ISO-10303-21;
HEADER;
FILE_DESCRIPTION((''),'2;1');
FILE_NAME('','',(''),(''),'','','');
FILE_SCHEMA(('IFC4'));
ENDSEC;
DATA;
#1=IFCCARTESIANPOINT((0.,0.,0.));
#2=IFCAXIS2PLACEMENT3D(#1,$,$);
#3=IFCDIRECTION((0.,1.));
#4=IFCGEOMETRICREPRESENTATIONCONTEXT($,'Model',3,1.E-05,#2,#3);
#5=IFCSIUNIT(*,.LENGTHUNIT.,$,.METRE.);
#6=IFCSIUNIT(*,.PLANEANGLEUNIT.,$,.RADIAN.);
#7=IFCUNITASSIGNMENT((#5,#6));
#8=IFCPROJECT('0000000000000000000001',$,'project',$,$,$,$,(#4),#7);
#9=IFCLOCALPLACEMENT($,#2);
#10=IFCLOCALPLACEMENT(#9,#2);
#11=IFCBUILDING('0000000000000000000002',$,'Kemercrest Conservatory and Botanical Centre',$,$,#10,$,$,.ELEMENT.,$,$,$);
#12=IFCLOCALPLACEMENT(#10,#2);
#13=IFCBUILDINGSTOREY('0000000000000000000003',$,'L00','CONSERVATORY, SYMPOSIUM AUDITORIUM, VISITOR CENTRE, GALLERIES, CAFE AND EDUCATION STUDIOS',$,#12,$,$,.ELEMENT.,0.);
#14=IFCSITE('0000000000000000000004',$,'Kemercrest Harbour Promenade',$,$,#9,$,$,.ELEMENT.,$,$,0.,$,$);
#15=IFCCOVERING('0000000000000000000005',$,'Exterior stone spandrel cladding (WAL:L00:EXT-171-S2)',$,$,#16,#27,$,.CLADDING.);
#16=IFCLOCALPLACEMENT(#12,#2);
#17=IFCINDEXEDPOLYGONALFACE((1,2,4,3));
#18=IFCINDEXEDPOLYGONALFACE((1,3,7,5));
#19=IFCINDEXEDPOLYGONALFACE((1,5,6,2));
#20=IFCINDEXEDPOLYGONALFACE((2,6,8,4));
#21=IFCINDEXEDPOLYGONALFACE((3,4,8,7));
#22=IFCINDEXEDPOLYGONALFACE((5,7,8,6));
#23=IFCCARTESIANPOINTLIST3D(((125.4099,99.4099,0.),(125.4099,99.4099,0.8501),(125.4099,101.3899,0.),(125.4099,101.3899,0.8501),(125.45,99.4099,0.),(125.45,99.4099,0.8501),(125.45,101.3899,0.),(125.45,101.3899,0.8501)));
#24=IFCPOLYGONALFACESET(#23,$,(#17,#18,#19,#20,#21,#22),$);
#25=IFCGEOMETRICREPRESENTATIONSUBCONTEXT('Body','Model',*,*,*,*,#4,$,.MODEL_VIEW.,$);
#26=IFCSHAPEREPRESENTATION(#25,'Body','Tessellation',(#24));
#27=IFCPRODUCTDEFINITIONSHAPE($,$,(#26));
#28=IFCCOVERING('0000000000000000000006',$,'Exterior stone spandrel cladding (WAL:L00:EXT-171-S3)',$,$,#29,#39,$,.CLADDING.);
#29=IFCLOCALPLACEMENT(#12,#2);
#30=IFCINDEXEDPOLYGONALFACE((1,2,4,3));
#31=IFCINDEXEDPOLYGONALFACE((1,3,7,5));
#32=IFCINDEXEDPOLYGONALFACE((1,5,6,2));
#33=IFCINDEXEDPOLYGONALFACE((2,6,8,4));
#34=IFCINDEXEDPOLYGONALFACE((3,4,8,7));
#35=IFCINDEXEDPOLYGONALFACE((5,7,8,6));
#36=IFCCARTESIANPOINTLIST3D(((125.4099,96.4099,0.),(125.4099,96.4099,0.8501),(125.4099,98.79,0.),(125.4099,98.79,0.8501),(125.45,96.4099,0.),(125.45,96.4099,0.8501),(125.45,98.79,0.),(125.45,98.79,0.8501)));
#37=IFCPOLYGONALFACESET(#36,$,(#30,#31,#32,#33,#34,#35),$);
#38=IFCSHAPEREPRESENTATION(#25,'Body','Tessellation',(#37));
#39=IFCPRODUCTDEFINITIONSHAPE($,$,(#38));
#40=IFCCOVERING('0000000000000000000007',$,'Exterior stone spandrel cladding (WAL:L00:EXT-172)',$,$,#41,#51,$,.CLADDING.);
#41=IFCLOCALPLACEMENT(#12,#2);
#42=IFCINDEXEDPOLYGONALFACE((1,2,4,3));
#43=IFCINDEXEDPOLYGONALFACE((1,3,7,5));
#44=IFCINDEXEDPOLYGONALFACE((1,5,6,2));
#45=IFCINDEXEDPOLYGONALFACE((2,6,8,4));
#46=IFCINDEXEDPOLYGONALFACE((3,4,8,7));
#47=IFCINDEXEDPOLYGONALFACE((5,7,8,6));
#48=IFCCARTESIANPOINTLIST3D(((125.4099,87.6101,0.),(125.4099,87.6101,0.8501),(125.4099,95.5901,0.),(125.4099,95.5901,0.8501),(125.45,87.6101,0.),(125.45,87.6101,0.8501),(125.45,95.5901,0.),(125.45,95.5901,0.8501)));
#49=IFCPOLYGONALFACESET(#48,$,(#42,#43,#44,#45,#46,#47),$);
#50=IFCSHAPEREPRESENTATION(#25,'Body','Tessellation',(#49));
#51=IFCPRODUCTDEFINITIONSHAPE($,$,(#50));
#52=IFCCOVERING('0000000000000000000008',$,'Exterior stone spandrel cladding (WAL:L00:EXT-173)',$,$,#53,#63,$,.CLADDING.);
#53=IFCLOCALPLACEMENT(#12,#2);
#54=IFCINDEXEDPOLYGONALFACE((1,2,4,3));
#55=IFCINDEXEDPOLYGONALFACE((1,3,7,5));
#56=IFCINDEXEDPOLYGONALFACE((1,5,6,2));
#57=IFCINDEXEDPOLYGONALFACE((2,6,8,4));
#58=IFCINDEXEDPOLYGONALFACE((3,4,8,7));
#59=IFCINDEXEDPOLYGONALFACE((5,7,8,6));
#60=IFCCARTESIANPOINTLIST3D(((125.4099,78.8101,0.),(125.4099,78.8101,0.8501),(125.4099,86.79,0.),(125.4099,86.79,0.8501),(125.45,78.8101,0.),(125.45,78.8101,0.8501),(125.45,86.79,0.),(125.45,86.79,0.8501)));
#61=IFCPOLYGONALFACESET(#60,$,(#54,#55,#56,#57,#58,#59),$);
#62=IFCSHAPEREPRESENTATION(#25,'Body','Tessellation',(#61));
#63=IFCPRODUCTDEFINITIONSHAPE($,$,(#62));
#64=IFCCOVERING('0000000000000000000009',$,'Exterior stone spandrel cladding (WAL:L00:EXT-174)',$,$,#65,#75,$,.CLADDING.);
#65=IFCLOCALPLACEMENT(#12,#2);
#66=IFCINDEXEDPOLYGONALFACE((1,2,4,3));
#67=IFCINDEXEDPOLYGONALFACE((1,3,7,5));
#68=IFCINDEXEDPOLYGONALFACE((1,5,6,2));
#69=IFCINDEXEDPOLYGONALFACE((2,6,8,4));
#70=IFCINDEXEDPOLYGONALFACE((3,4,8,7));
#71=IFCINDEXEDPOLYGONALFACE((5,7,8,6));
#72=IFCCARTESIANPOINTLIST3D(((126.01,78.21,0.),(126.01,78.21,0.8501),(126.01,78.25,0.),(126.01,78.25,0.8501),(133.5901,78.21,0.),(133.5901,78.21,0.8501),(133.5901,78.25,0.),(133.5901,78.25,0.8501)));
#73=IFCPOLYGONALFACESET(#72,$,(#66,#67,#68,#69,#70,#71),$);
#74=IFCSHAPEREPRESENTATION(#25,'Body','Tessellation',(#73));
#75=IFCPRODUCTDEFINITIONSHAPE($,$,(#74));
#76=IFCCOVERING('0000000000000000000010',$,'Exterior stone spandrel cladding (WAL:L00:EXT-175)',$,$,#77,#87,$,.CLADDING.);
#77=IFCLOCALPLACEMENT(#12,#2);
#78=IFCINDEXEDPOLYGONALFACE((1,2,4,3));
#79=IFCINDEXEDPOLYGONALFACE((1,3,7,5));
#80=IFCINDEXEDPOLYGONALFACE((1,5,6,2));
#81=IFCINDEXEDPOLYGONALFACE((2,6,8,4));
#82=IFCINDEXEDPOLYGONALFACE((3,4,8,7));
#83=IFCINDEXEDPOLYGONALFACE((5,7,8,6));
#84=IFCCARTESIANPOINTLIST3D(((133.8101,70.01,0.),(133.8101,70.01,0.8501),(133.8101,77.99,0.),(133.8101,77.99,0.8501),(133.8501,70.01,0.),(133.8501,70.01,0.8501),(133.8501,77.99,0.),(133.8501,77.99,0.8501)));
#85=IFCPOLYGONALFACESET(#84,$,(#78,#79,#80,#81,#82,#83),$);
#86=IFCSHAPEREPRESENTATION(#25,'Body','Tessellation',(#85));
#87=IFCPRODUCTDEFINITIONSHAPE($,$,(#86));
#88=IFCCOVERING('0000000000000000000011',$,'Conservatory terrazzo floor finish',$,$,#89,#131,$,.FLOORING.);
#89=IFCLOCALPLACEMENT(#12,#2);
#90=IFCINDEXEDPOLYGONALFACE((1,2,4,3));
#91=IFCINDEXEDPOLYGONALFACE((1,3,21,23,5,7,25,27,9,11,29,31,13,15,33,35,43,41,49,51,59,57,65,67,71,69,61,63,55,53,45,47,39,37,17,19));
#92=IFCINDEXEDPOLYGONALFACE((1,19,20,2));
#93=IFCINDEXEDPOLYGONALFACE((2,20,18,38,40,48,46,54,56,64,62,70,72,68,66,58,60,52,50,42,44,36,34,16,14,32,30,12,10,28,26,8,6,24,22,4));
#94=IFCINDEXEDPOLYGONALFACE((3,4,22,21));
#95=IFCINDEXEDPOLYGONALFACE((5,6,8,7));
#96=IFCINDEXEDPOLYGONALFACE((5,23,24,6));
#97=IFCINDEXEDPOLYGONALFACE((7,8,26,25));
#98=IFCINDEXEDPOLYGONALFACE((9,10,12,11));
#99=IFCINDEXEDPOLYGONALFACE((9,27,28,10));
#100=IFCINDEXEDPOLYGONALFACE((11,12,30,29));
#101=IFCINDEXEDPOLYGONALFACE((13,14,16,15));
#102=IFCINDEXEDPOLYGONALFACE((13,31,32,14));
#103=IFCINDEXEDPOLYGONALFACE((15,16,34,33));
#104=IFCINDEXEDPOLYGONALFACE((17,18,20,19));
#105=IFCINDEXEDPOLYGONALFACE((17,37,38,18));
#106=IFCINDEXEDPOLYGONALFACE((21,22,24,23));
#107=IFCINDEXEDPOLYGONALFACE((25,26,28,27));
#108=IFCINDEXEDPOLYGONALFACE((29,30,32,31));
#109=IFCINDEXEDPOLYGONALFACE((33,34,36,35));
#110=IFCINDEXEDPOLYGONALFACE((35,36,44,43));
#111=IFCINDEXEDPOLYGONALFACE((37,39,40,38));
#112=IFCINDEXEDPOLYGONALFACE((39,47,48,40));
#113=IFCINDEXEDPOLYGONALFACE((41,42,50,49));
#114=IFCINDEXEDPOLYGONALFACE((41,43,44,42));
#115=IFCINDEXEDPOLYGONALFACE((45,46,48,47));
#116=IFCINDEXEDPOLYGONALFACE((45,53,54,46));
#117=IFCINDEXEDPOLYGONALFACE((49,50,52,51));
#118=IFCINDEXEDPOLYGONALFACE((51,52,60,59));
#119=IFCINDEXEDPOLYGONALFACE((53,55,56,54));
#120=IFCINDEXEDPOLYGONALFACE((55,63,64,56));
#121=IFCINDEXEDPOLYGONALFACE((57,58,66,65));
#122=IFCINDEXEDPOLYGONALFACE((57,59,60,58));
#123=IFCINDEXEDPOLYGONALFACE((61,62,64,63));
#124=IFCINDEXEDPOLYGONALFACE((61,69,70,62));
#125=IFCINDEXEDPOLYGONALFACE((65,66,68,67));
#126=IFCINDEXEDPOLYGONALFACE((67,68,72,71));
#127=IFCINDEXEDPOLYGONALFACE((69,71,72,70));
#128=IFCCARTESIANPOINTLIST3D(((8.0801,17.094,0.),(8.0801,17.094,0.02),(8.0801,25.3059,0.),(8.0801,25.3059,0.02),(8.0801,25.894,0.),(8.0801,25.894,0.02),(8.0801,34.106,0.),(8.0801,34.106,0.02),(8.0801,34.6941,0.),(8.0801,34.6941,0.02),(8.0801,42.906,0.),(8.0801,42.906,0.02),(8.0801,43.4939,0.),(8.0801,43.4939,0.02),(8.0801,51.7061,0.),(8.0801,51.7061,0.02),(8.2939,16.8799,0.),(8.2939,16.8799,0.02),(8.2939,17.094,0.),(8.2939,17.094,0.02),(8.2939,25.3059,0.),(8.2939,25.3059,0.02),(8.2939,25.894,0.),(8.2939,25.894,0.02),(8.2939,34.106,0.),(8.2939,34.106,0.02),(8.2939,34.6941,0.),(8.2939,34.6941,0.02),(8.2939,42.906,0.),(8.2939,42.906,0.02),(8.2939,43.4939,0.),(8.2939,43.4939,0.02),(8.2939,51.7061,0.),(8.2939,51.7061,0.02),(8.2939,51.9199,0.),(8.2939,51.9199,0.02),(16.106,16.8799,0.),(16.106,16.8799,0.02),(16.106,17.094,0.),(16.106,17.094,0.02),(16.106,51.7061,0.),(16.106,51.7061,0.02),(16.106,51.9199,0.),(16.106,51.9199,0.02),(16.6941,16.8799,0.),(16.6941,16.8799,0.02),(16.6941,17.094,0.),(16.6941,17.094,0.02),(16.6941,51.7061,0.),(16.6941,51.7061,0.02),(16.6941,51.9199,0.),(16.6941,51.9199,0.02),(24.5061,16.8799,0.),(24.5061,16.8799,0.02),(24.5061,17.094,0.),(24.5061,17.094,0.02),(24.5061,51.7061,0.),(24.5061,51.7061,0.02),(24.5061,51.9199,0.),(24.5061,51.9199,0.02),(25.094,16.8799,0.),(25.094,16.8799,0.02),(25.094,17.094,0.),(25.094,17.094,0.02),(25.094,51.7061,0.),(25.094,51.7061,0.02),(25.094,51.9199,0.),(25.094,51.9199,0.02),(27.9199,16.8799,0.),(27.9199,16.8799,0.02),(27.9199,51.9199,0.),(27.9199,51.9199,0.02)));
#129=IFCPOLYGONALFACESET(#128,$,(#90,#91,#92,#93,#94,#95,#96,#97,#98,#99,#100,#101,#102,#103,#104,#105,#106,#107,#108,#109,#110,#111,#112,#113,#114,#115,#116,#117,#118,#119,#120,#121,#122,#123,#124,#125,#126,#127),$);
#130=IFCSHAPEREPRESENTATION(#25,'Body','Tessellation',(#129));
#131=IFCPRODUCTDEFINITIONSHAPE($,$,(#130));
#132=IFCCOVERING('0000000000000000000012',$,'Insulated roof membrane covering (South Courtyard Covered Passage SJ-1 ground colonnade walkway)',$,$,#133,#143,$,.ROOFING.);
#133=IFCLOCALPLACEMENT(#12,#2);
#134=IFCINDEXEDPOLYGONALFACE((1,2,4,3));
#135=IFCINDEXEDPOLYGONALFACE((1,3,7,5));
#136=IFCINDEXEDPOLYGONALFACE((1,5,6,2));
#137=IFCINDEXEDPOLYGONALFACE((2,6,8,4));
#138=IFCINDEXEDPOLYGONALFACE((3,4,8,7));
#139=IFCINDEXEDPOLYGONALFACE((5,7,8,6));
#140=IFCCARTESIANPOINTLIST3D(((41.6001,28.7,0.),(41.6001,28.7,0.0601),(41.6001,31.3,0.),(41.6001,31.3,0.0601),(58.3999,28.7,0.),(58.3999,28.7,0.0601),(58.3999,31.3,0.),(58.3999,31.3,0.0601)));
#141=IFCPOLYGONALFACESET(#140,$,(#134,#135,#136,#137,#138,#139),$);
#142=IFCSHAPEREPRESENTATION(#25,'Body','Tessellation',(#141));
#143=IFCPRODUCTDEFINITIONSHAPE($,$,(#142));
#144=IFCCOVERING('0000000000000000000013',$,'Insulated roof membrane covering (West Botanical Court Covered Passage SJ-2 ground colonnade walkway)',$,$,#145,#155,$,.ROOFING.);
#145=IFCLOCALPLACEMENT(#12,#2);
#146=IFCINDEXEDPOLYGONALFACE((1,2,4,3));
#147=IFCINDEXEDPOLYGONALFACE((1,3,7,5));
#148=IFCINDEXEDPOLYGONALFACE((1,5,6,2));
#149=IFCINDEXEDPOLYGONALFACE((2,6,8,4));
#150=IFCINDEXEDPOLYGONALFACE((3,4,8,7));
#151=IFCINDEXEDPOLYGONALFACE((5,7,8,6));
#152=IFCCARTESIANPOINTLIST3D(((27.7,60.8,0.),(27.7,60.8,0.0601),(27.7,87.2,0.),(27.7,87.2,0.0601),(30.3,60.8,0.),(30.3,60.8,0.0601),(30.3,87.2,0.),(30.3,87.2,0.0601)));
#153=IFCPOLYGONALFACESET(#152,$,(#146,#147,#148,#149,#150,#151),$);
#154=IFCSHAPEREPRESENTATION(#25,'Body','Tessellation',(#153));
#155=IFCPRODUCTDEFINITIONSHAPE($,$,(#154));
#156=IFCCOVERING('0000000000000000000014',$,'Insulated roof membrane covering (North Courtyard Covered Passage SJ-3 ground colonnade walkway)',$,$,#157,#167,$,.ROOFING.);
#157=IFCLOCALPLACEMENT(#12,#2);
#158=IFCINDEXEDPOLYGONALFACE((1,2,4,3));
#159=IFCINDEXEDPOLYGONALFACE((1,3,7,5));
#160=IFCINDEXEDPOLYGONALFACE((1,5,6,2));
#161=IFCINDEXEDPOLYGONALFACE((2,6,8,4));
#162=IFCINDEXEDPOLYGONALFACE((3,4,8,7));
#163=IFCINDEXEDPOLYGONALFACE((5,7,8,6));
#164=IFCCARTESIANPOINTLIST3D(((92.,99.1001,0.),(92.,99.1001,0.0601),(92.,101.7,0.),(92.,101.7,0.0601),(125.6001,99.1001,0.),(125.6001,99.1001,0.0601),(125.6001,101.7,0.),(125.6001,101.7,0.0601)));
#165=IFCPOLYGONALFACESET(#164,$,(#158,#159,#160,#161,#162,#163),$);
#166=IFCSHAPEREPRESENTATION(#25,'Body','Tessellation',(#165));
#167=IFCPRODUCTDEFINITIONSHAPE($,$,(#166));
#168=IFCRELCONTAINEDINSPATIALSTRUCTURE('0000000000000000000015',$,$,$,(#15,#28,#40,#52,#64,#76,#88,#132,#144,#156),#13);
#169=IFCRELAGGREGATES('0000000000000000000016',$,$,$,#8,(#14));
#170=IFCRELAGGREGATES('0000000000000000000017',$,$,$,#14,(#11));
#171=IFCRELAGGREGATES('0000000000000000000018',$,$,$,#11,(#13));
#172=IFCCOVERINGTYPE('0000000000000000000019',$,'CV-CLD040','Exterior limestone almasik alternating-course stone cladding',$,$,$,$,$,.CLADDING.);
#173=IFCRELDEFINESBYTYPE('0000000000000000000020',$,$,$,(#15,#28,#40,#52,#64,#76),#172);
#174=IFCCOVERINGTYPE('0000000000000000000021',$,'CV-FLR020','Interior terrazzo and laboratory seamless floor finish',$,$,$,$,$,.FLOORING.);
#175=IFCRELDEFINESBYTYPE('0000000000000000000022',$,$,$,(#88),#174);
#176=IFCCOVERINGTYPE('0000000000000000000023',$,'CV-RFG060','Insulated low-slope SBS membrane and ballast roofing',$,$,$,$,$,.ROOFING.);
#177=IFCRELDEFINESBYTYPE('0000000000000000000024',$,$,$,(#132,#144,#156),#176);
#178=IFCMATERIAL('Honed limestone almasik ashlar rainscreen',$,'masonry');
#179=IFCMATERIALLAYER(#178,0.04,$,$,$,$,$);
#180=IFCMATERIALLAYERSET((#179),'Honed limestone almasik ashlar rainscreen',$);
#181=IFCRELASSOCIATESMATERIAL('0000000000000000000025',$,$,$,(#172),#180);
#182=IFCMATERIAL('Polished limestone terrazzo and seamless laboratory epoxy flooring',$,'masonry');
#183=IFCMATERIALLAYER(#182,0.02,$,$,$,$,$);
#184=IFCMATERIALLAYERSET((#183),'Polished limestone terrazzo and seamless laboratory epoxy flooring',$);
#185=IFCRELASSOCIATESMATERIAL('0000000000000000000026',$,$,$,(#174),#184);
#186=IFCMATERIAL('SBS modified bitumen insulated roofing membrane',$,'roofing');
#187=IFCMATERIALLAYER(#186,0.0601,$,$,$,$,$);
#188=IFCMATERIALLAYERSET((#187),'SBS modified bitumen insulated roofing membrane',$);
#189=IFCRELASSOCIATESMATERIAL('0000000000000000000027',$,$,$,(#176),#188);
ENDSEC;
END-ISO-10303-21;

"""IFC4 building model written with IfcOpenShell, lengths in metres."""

from ifc_helpers import new_model, si_unit, direction, origin, place, context, subcontext, project, spatial, polyline, outline, extrude, material, layer, layer_set, type_object, element, save


model = new_model("IFC4")

# Units and contexts
model_context = context("Model", 3, precision=1e-05, world=origin(), true_north=direction((0.0, 1.0)))
body_context = subcontext(model_context, "Body", "Model", "MODEL_VIEW")
ifc_project = project(units=[si_unit("LENGTHUNIT", "METRE"), si_unit("PLANEANGLEUNIT", "RADIAN")], contexts=[model_context])

# Site, building, storey
site_placement = place(None, origin())
site = spatial("IfcSite", under=ifc_project, at=site_placement, Name="Kemercrest Harbour Promenade", CompositionType="ELEMENT", RefElevation=0.0)
building_placement = place(site_placement, origin())
building = spatial("IfcBuilding", under=site, at=building_placement, Name="Kemercrest Conservatory and Botanical Centre", CompositionType="ELEMENT")
storey_placement = place(building_placement, origin())
storey = spatial("IfcBuildingStorey", under=building, at=storey_placement, Name="L00", Description="CONSERVATORY, SYMPOSIUM AUDITORIUM, VISITOR CENTRE, GALLERIES, CAFE AND EDUCATION STUDIOS", CompositionType="ELEMENT", Elevation=0.0)

# Coverings
ifc_material_1 = material(Name="Honed limestone almasik ashlar rainscreen", Category="masonry")
ifc_layer_1 = layer(ifc_material_1, 0.04)
ifc_layer_set_1 = layer_set([ifc_layer_1], Name="Honed limestone almasik ashlar rainscreen")
covering_type_1 = type_object("IfcCoveringType", Name="CV-CLD040", Description="Exterior limestone almasik alternating-course stone cladding", PredefinedType="CLADDING", material=ifc_layer_set_1)
covering_1_placement = place(storey_placement, origin())
element("IfcCovering", 1, at=covering_1_placement, inside=storey, type_object=covering_type_1, Name="Exterior stone spandrel cladding (WAL:L00:EXT-171-S2)", PredefinedType="CLADDING", context=body_context, shape_type="SweptSolid", body=[
    extrude(outline(polyline([(125.45, 101.3899), (125.4099, 101.3899), (125.4099, 99.4099), (125.45, 99.4099), (125.45, 101.3899)])), origin(), (0.0, 0.0, 1.0), 0.8501),
])
covering_2_placement = place(storey_placement, origin())
element("IfcCovering", 2, at=covering_2_placement, inside=storey, type_object=covering_type_1, Name="Exterior stone spandrel cladding (WAL:L00:EXT-171-S3)", PredefinedType="CLADDING", context=body_context, shape_type="SweptSolid", body=[
    extrude(outline(polyline([(125.45, 98.79), (125.4099, 98.79), (125.4099, 96.4099), (125.45, 96.4099), (125.45, 98.79)])), origin(), (0.0, 0.0, 1.0), 0.8501),
])
covering_3_placement = place(storey_placement, origin())
element("IfcCovering", 3, at=covering_3_placement, inside=storey, type_object=covering_type_1, Name="Exterior stone spandrel cladding (WAL:L00:EXT-172)", PredefinedType="CLADDING", context=body_context, shape_type="SweptSolid", body=[
    extrude(outline(polyline([(125.45, 95.5901), (125.4099, 95.5901), (125.4099, 87.6101), (125.45, 87.6101), (125.45, 95.5901)])), origin(), (0.0, 0.0, 1.0), 0.8501),
])
covering_4_placement = place(storey_placement, origin())
element("IfcCovering", 4, at=covering_4_placement, inside=storey, type_object=covering_type_1, Name="Exterior stone spandrel cladding (WAL:L00:EXT-173)", PredefinedType="CLADDING", context=body_context, shape_type="SweptSolid", body=[
    extrude(outline(polyline([(125.45, 86.79), (125.4099, 86.79), (125.4099, 78.8101), (125.45, 78.8101), (125.45, 86.79)])), origin(), (0.0, 0.0, 1.0), 0.8501),
])
covering_5_placement = place(storey_placement, origin())
element("IfcCovering", 5, at=covering_5_placement, inside=storey, type_object=covering_type_1, Name="Exterior stone spandrel cladding (WAL:L00:EXT-174)", PredefinedType="CLADDING", context=body_context, shape_type="SweptSolid", body=[
    extrude(outline(polyline([(126.01, 78.25), (126.01, 78.21), (133.5901, 78.21), (133.5901, 78.25), (126.01, 78.25)])), origin(), (0.0, 0.0, 1.0), 0.8501),
])
covering_6_placement = place(storey_placement, origin())
element("IfcCovering", 6, at=covering_6_placement, inside=storey, type_object=covering_type_1, Name="Exterior stone spandrel cladding (WAL:L00:EXT-175)", PredefinedType="CLADDING", context=body_context, shape_type="SweptSolid", body=[
    extrude(outline(polyline([(133.8501, 77.99), (133.8101, 77.99), (133.8101, 70.01), (133.8501, 70.01), (133.8501, 77.99)])), origin(), (0.0, 0.0, 1.0), 0.8501),
])
ifc_material_2 = material(Name="Polished limestone terrazzo and seamless laboratory epoxy flooring", Category="masonry")
ifc_layer_2 = layer(ifc_material_2, 0.02)
ifc_layer_set_2 = layer_set([ifc_layer_2], Name="Polished limestone terrazzo and seamless laboratory epoxy flooring")
covering_type_2 = type_object("IfcCoveringType", Name="CV-FLR020", Description="Interior terrazzo and laboratory seamless floor finish", PredefinedType="FLOORING", material=ifc_layer_set_2)
covering_7_placement = place(storey_placement, origin())
element("IfcCovering", 7, at=covering_7_placement, inside=storey, type_object=covering_type_2, Name="Conservatory terrazzo floor finish", PredefinedType="FLOORING", context=body_context, shape_type="SweptSolid", body=[
    extrude(outline(polyline([(25.094, 16.8799), (27.9199, 16.8799), (27.9199, 51.9199), (25.094, 51.9199), (25.094, 51.7061), (24.5061, 51.7061), (24.5061, 51.9199), (16.6941, 51.9199), (16.6941, 51.7061), (16.106, 51.7061), (16.106, 51.9199), (8.2939, 51.9199), (8.2939, 51.7061), (8.0801, 51.7061), (8.0801, 43.4939), (8.2939, 43.4939), (8.2939, 42.906), (8.0801, 42.906), (8.0801, 34.6941), (8.2939, 34.6941), (8.2939, 34.106), (8.0801, 34.106), (8.0801, 25.894), (8.2939, 25.894), (8.2939, 25.3059), (8.0801, 25.3059), (8.0801, 17.094), (8.2939, 17.094), (8.2939, 16.8799), (16.106, 16.8799), (16.106, 17.094), (16.6941, 17.094), (16.6941, 16.8799), (24.5061, 16.8799), (24.5061, 17.094), (25.094, 17.094), (25.094, 16.8799)])), origin(), (0.0, 0.0, 1.0), 0.02),
])
ifc_material_3 = material(Name="SBS modified bitumen insulated roofing membrane", Category="roofing")
ifc_layer_3 = layer(ifc_material_3, 0.0601)
ifc_layer_set_3 = layer_set([ifc_layer_3], Name="SBS modified bitumen insulated roofing membrane")
covering_type_3 = type_object("IfcCoveringType", Name="CV-RFG060", Description="Insulated low-slope SBS membrane and ballast roofing", PredefinedType="ROOFING", material=ifc_layer_set_3)
covering_8_placement = place(storey_placement, origin())
element("IfcCovering", 8, at=covering_8_placement, inside=storey, type_object=covering_type_3, Name="Insulated roof membrane covering (South Courtyard Covered Passage SJ-1 ground colonnade walkway)", PredefinedType="ROOFING", context=body_context, shape_type="SweptSolid", body=[
    extrude(outline(polyline([(41.6001, 28.7), (58.3999, 28.7), (58.3999, 31.3), (41.6001, 31.3), (41.6001, 28.7)])), origin(), (0.0, 0.0, 1.0), 0.0601),
])
covering_9_placement = place(storey_placement, origin())
element("IfcCovering", 9, at=covering_9_placement, inside=storey, type_object=covering_type_3, Name="Insulated roof membrane covering (West Botanical Court Covered Passage SJ-2 ground colonnade walkway)", PredefinedType="ROOFING", context=body_context, shape_type="SweptSolid", body=[
    extrude(outline(polyline([(27.7, 60.8), (30.3, 60.8), (30.3, 87.2), (27.7, 87.2), (27.7, 60.8)])), origin(), (0.0, 0.0, 1.0), 0.0601),
])
covering_10_placement = place(storey_placement, origin())
element("IfcCovering", 10, at=covering_10_placement, inside=storey, type_object=covering_type_3, Name="Insulated roof membrane covering (North Courtyard Covered Passage SJ-3 ground colonnade walkway)", PredefinedType="ROOFING", context=body_context, shape_type="SweptSolid", body=[
    extrude(outline(polyline([(92.0, 99.1001), (125.6001, 99.1001), (125.6001, 101.7), (92.0, 101.7), (92.0, 99.1001)])), origin(), (0.0, 0.0, 1.0), 0.0601),
])

save(model, "model.ifc")
